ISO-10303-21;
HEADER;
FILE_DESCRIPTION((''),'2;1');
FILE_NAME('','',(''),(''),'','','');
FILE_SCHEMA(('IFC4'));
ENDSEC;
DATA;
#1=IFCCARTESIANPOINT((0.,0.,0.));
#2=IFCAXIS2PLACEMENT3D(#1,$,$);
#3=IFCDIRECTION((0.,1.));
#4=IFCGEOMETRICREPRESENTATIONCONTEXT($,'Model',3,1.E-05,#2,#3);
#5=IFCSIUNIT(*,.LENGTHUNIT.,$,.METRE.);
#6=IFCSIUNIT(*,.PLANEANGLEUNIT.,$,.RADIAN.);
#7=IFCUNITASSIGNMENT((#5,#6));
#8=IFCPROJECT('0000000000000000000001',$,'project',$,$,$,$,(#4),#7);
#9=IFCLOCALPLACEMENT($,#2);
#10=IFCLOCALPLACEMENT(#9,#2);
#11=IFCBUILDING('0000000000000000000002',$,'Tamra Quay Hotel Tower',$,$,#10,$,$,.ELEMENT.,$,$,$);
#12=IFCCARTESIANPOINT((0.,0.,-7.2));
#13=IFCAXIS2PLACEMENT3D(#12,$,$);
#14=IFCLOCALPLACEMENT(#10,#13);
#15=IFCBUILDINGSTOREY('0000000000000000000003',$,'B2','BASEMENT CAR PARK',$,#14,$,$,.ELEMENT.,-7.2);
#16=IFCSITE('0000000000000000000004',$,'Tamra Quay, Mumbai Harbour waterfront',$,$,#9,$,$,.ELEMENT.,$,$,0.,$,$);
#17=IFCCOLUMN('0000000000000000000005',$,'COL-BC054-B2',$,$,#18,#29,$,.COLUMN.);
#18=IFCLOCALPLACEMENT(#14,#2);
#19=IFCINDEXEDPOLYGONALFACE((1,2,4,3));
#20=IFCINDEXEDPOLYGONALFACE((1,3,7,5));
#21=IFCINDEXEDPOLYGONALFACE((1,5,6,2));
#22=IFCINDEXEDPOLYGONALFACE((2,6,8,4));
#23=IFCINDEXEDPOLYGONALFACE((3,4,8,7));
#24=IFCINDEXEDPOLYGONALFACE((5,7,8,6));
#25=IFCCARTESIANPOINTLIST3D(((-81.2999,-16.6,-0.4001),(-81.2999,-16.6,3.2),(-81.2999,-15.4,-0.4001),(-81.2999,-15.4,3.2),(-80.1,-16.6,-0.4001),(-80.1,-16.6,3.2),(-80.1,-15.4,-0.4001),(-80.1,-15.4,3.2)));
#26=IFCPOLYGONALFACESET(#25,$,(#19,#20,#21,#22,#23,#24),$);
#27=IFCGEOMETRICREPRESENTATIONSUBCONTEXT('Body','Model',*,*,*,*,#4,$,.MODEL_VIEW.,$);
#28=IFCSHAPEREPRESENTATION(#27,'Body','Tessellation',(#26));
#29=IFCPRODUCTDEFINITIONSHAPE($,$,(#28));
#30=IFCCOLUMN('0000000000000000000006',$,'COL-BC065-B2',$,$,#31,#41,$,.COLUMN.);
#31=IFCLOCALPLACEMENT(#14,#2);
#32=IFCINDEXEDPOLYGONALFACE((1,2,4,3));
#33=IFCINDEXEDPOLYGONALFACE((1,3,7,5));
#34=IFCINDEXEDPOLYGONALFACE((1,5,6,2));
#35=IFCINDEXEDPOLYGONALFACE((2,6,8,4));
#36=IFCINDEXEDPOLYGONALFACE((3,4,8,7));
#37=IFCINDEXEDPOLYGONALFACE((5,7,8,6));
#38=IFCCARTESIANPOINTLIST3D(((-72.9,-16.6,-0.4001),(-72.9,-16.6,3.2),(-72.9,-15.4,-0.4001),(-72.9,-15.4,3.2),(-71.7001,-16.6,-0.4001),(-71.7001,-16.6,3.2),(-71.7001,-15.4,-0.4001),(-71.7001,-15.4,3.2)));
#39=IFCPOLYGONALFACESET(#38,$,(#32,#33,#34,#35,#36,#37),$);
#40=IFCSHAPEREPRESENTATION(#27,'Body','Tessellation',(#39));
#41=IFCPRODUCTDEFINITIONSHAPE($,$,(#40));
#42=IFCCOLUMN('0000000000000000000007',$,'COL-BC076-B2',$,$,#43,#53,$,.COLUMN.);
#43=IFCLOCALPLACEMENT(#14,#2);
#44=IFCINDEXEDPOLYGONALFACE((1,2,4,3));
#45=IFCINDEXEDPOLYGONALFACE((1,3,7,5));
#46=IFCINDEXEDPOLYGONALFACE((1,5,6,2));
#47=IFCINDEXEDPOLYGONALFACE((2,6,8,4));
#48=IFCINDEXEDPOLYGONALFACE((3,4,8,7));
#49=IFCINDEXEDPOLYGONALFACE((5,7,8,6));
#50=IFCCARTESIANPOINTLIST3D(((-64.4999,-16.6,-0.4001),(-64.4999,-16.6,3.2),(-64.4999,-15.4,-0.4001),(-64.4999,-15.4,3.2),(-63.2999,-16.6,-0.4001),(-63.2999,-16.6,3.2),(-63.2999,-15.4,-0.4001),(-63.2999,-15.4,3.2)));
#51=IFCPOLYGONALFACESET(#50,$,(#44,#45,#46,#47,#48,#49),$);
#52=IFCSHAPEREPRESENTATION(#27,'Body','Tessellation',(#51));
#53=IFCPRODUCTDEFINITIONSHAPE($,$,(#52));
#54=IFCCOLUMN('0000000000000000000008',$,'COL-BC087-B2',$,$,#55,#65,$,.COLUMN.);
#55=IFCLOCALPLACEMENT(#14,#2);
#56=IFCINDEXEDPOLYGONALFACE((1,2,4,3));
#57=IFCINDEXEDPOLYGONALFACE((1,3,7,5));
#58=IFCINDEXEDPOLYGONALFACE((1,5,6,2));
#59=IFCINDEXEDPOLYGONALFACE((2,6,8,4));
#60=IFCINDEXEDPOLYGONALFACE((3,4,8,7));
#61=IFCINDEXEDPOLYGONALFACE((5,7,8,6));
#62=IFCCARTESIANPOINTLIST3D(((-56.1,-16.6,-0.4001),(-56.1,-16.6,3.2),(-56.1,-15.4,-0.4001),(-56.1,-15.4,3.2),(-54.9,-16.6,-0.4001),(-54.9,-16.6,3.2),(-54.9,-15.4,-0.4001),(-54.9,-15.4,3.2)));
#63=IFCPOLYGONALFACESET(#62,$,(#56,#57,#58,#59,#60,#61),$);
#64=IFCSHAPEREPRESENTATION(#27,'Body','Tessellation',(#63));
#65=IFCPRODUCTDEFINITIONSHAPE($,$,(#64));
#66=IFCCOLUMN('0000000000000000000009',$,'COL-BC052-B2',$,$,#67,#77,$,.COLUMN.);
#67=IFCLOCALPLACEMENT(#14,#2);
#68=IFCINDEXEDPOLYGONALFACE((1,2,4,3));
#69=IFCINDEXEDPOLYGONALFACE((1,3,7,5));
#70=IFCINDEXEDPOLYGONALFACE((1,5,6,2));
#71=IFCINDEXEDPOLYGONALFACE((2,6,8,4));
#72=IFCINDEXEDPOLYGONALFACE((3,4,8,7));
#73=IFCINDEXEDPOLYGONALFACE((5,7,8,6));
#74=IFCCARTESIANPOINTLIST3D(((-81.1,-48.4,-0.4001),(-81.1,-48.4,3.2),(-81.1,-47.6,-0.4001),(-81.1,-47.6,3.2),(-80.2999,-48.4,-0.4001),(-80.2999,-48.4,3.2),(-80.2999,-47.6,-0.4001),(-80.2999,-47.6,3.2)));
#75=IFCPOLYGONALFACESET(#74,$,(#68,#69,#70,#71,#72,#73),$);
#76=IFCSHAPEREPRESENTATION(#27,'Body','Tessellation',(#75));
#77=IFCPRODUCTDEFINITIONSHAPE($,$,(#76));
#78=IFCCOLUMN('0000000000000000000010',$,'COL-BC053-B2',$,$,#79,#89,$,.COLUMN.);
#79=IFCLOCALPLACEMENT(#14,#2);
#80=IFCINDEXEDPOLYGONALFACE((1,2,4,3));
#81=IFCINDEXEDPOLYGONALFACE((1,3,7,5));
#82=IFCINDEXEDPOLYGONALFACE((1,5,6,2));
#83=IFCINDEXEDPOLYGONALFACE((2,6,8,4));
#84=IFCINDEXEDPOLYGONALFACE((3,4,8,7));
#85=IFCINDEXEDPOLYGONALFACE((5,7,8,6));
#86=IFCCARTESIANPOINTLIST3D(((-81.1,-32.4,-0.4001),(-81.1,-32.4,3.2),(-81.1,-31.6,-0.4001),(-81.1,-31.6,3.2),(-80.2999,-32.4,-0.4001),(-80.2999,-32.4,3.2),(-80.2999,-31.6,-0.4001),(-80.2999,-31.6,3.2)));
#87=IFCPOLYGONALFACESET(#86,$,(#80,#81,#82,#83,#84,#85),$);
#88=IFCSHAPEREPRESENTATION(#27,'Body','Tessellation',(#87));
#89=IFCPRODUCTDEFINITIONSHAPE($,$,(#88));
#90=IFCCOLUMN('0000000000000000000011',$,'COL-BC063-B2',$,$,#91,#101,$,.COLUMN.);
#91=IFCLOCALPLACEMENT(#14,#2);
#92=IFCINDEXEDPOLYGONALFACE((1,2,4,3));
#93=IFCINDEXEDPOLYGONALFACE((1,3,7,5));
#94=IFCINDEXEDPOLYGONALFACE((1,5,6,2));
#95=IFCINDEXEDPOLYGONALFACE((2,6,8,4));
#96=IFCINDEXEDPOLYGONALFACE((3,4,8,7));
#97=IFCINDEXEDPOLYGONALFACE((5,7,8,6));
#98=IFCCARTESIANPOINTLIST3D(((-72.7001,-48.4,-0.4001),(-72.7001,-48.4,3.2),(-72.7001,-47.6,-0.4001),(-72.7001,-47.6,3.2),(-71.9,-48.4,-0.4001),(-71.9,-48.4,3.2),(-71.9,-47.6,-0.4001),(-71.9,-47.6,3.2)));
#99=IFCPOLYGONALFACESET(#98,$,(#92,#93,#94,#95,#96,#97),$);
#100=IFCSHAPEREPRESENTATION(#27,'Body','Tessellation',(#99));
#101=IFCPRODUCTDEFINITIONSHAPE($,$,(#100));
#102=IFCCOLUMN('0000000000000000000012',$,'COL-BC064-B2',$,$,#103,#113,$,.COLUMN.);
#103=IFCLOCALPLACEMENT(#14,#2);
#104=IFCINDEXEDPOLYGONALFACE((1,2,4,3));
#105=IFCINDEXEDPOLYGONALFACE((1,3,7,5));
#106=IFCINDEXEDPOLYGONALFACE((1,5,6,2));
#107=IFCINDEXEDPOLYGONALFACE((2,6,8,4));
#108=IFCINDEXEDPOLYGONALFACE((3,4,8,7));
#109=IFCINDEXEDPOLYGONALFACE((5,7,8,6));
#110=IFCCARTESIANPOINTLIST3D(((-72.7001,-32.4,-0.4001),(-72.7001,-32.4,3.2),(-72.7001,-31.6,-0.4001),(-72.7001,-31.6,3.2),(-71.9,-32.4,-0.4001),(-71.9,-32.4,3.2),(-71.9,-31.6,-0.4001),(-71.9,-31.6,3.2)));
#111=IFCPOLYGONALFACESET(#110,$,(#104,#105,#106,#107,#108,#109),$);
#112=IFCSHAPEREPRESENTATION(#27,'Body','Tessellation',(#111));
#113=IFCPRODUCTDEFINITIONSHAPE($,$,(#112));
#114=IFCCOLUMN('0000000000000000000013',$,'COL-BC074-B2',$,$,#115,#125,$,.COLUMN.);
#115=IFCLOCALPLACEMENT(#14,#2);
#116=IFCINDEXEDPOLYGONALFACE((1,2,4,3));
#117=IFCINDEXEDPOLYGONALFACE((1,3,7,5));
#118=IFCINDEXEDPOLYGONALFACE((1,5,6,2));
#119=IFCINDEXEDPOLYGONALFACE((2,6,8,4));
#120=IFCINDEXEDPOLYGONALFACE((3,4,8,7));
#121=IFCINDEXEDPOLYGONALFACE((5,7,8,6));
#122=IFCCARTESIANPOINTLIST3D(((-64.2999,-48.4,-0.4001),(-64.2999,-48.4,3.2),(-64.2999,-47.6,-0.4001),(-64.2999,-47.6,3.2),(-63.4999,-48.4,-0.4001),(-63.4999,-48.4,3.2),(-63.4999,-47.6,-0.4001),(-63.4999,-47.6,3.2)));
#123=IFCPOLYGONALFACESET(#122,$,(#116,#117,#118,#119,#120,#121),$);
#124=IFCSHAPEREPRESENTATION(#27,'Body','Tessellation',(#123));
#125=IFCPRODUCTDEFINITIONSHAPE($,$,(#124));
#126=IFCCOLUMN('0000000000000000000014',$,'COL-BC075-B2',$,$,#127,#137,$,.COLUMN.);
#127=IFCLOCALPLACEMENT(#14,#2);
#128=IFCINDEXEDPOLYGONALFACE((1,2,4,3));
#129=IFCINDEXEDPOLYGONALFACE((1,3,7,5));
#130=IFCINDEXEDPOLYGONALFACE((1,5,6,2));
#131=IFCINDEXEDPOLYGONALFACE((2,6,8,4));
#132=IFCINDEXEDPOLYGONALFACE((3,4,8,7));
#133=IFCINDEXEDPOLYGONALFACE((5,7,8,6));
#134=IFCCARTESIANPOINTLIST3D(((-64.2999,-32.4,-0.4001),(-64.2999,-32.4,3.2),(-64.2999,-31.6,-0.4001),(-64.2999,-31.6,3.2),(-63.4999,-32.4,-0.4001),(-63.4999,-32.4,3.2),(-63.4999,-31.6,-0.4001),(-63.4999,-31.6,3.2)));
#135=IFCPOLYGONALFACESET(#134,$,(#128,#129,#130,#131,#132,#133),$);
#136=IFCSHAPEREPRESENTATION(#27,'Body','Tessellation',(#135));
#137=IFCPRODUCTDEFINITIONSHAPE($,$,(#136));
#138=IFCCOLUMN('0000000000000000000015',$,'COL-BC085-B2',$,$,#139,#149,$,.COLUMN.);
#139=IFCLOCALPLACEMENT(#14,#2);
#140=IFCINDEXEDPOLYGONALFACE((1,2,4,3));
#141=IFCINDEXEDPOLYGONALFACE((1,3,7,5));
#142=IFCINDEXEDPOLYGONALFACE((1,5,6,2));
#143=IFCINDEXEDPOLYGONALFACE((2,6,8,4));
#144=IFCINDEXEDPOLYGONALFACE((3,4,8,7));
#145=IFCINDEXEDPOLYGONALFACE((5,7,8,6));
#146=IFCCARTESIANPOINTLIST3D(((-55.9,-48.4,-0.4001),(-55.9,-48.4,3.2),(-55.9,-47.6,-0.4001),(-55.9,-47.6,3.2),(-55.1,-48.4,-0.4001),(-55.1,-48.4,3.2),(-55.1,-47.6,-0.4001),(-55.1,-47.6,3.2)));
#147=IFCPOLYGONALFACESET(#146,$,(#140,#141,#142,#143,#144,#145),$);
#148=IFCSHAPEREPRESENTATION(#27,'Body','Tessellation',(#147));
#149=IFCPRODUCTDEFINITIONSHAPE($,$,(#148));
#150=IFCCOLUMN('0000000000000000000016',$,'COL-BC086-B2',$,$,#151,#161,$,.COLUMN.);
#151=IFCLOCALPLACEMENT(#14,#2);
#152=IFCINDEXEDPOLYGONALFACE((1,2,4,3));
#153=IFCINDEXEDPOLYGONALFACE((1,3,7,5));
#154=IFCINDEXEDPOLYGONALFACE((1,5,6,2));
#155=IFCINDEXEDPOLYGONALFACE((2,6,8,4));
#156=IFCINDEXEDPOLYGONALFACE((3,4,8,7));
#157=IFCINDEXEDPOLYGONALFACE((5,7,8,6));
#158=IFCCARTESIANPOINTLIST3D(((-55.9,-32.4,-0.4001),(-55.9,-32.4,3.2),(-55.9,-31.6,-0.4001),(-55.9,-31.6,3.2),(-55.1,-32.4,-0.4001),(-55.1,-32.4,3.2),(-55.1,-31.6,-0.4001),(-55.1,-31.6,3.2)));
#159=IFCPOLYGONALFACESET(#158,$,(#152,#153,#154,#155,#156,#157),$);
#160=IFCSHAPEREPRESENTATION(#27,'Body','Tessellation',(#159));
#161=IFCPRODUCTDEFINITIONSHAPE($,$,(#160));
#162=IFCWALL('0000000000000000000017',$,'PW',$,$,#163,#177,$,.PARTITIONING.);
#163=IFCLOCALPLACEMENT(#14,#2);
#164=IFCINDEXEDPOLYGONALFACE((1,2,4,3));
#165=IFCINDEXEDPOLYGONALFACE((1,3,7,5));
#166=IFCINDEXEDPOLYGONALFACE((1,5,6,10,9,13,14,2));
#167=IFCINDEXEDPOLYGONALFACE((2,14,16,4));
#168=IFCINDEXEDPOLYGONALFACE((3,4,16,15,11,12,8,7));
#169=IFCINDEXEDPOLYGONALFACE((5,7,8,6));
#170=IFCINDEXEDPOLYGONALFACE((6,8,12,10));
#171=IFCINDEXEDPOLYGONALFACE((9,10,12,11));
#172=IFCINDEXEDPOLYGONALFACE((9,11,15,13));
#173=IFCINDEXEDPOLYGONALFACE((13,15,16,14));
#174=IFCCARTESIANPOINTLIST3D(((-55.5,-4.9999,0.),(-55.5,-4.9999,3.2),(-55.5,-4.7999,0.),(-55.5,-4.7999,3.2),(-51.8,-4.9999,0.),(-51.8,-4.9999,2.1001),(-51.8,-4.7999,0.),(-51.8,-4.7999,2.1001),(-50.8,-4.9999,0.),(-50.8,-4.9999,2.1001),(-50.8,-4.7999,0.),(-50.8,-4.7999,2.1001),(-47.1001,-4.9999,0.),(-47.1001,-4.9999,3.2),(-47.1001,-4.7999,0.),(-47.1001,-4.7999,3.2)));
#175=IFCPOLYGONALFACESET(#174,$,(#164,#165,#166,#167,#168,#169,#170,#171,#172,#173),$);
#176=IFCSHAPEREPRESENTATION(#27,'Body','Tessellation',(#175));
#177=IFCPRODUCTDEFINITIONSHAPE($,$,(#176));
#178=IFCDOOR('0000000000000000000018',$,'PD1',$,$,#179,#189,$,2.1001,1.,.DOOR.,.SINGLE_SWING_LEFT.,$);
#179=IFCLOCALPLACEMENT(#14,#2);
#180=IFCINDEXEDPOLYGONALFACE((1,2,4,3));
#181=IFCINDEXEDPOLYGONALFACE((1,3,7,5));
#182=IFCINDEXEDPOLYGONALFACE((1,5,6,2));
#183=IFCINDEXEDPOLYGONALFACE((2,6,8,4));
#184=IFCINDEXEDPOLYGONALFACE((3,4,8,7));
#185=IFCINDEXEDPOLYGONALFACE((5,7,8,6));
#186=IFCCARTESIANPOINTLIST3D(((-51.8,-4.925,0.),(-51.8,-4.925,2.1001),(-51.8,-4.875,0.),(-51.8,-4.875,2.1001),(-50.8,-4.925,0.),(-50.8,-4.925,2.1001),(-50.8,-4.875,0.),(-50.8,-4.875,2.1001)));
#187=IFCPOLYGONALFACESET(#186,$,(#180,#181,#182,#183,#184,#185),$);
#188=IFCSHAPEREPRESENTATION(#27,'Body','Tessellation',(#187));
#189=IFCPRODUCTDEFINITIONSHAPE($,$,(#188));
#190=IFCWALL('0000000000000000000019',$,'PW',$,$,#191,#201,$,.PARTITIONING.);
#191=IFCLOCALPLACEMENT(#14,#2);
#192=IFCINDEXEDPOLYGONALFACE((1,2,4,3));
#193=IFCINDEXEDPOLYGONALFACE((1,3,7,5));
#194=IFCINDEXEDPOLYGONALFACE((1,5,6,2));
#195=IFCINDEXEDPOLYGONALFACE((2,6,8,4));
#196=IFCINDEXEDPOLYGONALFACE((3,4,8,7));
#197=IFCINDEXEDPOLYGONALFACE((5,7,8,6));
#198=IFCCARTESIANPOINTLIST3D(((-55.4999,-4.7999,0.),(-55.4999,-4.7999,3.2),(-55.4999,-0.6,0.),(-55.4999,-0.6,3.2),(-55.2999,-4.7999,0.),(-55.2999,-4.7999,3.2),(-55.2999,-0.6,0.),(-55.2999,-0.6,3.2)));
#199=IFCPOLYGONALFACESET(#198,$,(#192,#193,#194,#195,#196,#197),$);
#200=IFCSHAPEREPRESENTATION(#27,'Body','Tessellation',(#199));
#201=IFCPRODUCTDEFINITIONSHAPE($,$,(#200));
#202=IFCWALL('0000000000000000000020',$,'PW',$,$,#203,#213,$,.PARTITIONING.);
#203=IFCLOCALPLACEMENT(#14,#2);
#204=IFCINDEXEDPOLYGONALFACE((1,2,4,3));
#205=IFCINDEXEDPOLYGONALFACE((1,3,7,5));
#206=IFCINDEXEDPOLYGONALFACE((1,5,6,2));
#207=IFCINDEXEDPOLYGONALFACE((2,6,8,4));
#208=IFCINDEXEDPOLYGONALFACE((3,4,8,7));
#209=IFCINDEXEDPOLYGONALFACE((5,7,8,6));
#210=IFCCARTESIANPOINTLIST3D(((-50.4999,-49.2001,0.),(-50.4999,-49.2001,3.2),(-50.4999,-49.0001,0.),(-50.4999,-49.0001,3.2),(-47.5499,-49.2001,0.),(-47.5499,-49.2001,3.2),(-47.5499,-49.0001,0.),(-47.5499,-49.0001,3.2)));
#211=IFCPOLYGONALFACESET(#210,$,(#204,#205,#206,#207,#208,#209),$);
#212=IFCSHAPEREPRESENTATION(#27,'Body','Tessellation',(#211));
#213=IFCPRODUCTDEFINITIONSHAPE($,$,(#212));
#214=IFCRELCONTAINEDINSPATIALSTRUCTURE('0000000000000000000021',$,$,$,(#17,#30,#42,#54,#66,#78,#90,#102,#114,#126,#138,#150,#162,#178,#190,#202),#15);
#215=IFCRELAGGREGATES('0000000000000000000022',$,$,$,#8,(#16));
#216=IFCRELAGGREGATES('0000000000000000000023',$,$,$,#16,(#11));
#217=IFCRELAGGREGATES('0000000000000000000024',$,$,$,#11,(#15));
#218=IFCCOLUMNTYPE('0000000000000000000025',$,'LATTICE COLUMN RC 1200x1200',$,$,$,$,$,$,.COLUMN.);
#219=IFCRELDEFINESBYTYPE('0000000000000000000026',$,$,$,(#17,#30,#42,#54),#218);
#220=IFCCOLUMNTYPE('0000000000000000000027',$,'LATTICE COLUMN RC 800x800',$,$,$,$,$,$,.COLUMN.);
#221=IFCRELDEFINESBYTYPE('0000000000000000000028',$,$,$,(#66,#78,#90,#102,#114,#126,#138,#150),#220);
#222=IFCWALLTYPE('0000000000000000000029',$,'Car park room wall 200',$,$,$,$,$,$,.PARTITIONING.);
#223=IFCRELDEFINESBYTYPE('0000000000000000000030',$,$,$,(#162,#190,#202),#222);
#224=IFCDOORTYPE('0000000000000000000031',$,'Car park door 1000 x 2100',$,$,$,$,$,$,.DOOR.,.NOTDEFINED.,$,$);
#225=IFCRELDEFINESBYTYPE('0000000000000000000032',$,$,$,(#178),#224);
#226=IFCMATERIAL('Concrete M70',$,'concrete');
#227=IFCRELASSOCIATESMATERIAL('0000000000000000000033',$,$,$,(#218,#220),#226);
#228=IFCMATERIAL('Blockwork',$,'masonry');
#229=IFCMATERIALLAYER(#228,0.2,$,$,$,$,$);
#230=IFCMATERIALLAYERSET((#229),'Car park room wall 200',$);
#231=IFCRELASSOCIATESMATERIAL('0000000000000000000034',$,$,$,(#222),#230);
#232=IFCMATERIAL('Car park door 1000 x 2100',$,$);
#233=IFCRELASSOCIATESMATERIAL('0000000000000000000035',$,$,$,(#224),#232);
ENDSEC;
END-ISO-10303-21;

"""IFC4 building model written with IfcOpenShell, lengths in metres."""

from ifc_helpers import new_model, si_unit, direction, frame, frame_2d, origin, origin_2d, place, context, subcontext, project, spatial, rectangle, extrude, material, layer, layer_set, material_profile, profile_set, type_object, element, fill, save


model = new_model("IFC4")

# Units and contexts
model_context = context("Model", 3, precision=1e-05, world=origin(), true_north=direction((0.0, 1.0)))
body_context = subcontext(model_context, "Body", "Model", "MODEL_VIEW")
ifc_project = project(units=[si_unit("LENGTHUNIT", "METRE"), si_unit("PLANEANGLEUNIT", "RADIAN")], contexts=[model_context])

# Site, building, storey
site_placement = place(None, origin())
site = spatial("IfcSite", under=ifc_project, at=site_placement, Name="Tamra Quay, Mumbai Harbour waterfront", CompositionType="ELEMENT", RefElevation=0.0)
building_placement = place(site_placement, origin())
building = spatial("IfcBuilding", under=site, at=building_placement, Name="Tamra Quay Hotel Tower", CompositionType="ELEMENT")
storey_placement = place(building_placement, frame((0.0, 0.0, -7.2)))
storey = spatial("IfcBuildingStorey", under=building, at=storey_placement, Name="B2", Description="BASEMENT CAR PARK", CompositionType="ELEMENT", Elevation=-7.2)

# Columns
ifc_material_1 = material(Name="Concrete M70", Category="concrete")
ifc_material_profile_1 = material_profile(ifc_material_1, rectangle(XDim=1.2, YDim=1.2, at=origin_2d()), Name="LATTICE COLUMN RC 1200x1200")
ifc_profile_set_1 = profile_set([ifc_material_profile_1], Name="Concrete M70")
column_type_1 = type_object("IfcColumnType", Name="LATTICE COLUMN RC 1200x1200", PredefinedType="COLUMN", material=ifc_profile_set_1)
for number, where, z_axis, x_axis, name in (
    (1, (-80.7, -16.0, -0.4001), (0.0, 0.0, 1.0), (1.0, 0.0, 0.0), "COL-BC054-B2"),
    (2, (-72.3, -16.0, -0.4001), (0.0, 0.0, 1.0), (1.0, 0.0, 0.0), "COL-BC065-B2"),
    (3, (-63.8999, -16.0, -0.4001), (0.0, 0.0, 1.0), (1.0, 0.0, 0.0), "COL-BC076-B2"),
    (4, (-55.5, -16.0, -0.4001), (0.0, 0.0, 1.0), (1.0, 0.0, 0.0), "COL-BC087-B2"),
):
    element("IfcColumn", number, at=place(storey_placement, frame(where, z_axis=z_axis, x_axis=x_axis)), inside=storey, type_object=column_type_1, Name=name, PredefinedType="COLUMN", context=body_context, shape_type="SweptSolid", body=[
        extrude(rectangle(XDim=1.2, YDim=1.2, at=origin_2d()), origin(), (0.0, 0.0, 1.0), 3.6001),
    ])
ifc_material_profile_2 = material_profile(ifc_material_1, rectangle(XDim=0.8, YDim=0.8, at=origin_2d()), Name="LATTICE COLUMN RC 800x800")
ifc_profile_set_2 = profile_set([ifc_material_profile_2], Name="Concrete M70")
column_type_2 = type_object("IfcColumnType", Name="LATTICE COLUMN RC 800x800", PredefinedType="COLUMN", material=ifc_profile_set_2)
for number, where, z_axis, x_axis, name in (
    (5, (-80.7, -48.0, -0.4001), (0.0, 0.0, 1.0), (1.0, 0.0, 0.0), "COL-BC052-B2"),
    (6, (-80.7, -32.0, -0.4001), (0.0, 0.0, 1.0), (1.0, 0.0, 0.0), "COL-BC053-B2"),
    (7, (-72.3, -48.0, -0.4001), (0.0, 0.0, 1.0), (1.0, 0.0, 0.0), "COL-BC063-B2"),
    (8, (-72.3, -32.0, -0.4001), (0.0, 0.0, 1.0), (1.0, 0.0, 0.0), "COL-BC064-B2"),
    (9, (-63.8999, -48.0, -0.4001), (0.0, 0.0, 1.0), (1.0, 0.0, 0.0), "COL-BC074-B2"),
    (10, (-63.8999, -32.0, -0.4001), (0.0, 0.0, 1.0), (1.0, 0.0, 0.0), "COL-BC075-B2"),
    (11, (-55.5, -48.0, -0.4001), (0.0, 0.0, 1.0), (1.0, 0.0, 0.0), "COL-BC085-B2"),
    (12, (-55.5, -32.0, -0.4001), (0.0, 0.0, 1.0), (1.0, 0.0, 0.0), "COL-BC086-B2"),
):
    element("IfcColumn", number, at=place(storey_placement, frame(where, z_axis=z_axis, x_axis=x_axis)), inside=storey, type_object=column_type_2, Name=name, PredefinedType="COLUMN", context=body_context, shape_type="SweptSolid", body=[
        extrude(rectangle(XDim=0.8, YDim=0.8, at=origin_2d()), origin(), (0.0, 0.0, 1.0), 3.6001),
    ])

# Wall, opening, door
ifc_material_2 = material(Name="Blockwork", Category="masonry")
ifc_layer_1 = layer(ifc_material_2, 0.2)
ifc_layer_set_1 = layer_set([ifc_layer_1], Name="Car park room wall 200")
wall_type_1 = type_object("IfcWallType", Name="Car park room wall 200", PredefinedType="PARTITIONING", material=ifc_layer_set_1)
wall_1_placement = place(storey_placement, frame((-55.5, -4.8999, 0.0), z_axis=(0.0, 0.0, 1.0), x_axis=(1.0, 0.0, 0.0)))
wall_1 = element("IfcWall", 13, at=wall_1_placement, inside=storey, type_object=wall_type_1, Name="PW", PredefinedType="PARTITIONING", context=body_context, shape_type="SweptSolid", body=[
    extrude(rectangle(XDim=8.3999, YDim=0.2, at=frame_2d((4.2, 0.0))), origin(), (0.0, 0.0, 1.0), 3.2),
])
opening_1_placement = place(wall_1_placement, frame((3.7, 0.0, 0.0)))
opening_1 = element("IfcOpeningElement", 14, at=opening_1_placement, cuts=wall_1, PredefinedType="OPENING", context=body_context, shape_type="SweptSolid", body=[
    extrude(rectangle(XDim=1.0, YDim=2.1001, at=frame_2d((0.5, 1.05))), frame((0.0, 0.1099, 0.0), z_axis=(0.0, -1.0, 0.0), x_axis=(1.0, 0.0, 0.0)), (0.0, 0.0, 1.0), 0.22),
])
ifc_material_3 = material(Name="Car park door 1000 x 2100")
door_type = type_object("IfcDoorType", Name="Car park door 1000 x 2100", OperationType="NOTDEFINED", PredefinedType="DOOR", material=ifc_material_3)
door_1_placement = place(opening_1_placement, origin())
door_1 = element("IfcDoor", 15, at=door_1_placement, inside=storey, type_object=door_type, Name="PD1", OperationType="SINGLE_SWING_LEFT", OverallHeight=2.1001, OverallWidth=1.0, PredefinedType="DOOR", context=body_context, shape_type="SweptSolid", body=[
    extrude(rectangle(XDim=1.0, YDim=2.1001, at=frame_2d((0.5, 1.05))), frame((0.0, 0.0249, 0.0), z_axis=(0.0, -1.0, 0.0), x_axis=(1.0, 0.0, 0.0)), (0.0, 0.0, 1.0), 0.05),
])
fill(opening_1, door_1)

# Walls
wall_2_placement = place(storey_placement, frame((-55.3999, -4.8, 0.0), z_axis=(0.0, 0.0, 1.0), x_axis=(0.0, 1.0, 0.0)))
element("IfcWall", 16, at=wall_2_placement, inside=storey, type_object=wall_type_1, Name="PW", PredefinedType="PARTITIONING", context=body_context, shape_type="SweptSolid", body=[
    extrude(rectangle(XDim=4.2, YDim=0.2, at=frame_2d((2.1001, 0.0))), origin(), (0.0, 0.0, 1.0), 3.2),
])
for number, where, z_axis, x_axis, name in (
    (17, (-50.5, -49.1001, 0.0), (0.0, 0.0, 1.0), (1.0, 0.0, 0.0), "PW"),
):
    element("IfcWall", number, at=place(storey_placement, frame(where, z_axis=z_axis, x_axis=x_axis)), inside=storey, type_object=wall_type_1, Name=name, PredefinedType="PARTITIONING", context=body_context, shape_type="SweptSolid", body=[
        extrude(rectangle(XDim=2.95, YDim=0.2, at=frame_2d((1.4751, 0.0))), origin(), (0.0, 0.0, 1.0), 3.2),
    ])

save(model, "model.ifc")
